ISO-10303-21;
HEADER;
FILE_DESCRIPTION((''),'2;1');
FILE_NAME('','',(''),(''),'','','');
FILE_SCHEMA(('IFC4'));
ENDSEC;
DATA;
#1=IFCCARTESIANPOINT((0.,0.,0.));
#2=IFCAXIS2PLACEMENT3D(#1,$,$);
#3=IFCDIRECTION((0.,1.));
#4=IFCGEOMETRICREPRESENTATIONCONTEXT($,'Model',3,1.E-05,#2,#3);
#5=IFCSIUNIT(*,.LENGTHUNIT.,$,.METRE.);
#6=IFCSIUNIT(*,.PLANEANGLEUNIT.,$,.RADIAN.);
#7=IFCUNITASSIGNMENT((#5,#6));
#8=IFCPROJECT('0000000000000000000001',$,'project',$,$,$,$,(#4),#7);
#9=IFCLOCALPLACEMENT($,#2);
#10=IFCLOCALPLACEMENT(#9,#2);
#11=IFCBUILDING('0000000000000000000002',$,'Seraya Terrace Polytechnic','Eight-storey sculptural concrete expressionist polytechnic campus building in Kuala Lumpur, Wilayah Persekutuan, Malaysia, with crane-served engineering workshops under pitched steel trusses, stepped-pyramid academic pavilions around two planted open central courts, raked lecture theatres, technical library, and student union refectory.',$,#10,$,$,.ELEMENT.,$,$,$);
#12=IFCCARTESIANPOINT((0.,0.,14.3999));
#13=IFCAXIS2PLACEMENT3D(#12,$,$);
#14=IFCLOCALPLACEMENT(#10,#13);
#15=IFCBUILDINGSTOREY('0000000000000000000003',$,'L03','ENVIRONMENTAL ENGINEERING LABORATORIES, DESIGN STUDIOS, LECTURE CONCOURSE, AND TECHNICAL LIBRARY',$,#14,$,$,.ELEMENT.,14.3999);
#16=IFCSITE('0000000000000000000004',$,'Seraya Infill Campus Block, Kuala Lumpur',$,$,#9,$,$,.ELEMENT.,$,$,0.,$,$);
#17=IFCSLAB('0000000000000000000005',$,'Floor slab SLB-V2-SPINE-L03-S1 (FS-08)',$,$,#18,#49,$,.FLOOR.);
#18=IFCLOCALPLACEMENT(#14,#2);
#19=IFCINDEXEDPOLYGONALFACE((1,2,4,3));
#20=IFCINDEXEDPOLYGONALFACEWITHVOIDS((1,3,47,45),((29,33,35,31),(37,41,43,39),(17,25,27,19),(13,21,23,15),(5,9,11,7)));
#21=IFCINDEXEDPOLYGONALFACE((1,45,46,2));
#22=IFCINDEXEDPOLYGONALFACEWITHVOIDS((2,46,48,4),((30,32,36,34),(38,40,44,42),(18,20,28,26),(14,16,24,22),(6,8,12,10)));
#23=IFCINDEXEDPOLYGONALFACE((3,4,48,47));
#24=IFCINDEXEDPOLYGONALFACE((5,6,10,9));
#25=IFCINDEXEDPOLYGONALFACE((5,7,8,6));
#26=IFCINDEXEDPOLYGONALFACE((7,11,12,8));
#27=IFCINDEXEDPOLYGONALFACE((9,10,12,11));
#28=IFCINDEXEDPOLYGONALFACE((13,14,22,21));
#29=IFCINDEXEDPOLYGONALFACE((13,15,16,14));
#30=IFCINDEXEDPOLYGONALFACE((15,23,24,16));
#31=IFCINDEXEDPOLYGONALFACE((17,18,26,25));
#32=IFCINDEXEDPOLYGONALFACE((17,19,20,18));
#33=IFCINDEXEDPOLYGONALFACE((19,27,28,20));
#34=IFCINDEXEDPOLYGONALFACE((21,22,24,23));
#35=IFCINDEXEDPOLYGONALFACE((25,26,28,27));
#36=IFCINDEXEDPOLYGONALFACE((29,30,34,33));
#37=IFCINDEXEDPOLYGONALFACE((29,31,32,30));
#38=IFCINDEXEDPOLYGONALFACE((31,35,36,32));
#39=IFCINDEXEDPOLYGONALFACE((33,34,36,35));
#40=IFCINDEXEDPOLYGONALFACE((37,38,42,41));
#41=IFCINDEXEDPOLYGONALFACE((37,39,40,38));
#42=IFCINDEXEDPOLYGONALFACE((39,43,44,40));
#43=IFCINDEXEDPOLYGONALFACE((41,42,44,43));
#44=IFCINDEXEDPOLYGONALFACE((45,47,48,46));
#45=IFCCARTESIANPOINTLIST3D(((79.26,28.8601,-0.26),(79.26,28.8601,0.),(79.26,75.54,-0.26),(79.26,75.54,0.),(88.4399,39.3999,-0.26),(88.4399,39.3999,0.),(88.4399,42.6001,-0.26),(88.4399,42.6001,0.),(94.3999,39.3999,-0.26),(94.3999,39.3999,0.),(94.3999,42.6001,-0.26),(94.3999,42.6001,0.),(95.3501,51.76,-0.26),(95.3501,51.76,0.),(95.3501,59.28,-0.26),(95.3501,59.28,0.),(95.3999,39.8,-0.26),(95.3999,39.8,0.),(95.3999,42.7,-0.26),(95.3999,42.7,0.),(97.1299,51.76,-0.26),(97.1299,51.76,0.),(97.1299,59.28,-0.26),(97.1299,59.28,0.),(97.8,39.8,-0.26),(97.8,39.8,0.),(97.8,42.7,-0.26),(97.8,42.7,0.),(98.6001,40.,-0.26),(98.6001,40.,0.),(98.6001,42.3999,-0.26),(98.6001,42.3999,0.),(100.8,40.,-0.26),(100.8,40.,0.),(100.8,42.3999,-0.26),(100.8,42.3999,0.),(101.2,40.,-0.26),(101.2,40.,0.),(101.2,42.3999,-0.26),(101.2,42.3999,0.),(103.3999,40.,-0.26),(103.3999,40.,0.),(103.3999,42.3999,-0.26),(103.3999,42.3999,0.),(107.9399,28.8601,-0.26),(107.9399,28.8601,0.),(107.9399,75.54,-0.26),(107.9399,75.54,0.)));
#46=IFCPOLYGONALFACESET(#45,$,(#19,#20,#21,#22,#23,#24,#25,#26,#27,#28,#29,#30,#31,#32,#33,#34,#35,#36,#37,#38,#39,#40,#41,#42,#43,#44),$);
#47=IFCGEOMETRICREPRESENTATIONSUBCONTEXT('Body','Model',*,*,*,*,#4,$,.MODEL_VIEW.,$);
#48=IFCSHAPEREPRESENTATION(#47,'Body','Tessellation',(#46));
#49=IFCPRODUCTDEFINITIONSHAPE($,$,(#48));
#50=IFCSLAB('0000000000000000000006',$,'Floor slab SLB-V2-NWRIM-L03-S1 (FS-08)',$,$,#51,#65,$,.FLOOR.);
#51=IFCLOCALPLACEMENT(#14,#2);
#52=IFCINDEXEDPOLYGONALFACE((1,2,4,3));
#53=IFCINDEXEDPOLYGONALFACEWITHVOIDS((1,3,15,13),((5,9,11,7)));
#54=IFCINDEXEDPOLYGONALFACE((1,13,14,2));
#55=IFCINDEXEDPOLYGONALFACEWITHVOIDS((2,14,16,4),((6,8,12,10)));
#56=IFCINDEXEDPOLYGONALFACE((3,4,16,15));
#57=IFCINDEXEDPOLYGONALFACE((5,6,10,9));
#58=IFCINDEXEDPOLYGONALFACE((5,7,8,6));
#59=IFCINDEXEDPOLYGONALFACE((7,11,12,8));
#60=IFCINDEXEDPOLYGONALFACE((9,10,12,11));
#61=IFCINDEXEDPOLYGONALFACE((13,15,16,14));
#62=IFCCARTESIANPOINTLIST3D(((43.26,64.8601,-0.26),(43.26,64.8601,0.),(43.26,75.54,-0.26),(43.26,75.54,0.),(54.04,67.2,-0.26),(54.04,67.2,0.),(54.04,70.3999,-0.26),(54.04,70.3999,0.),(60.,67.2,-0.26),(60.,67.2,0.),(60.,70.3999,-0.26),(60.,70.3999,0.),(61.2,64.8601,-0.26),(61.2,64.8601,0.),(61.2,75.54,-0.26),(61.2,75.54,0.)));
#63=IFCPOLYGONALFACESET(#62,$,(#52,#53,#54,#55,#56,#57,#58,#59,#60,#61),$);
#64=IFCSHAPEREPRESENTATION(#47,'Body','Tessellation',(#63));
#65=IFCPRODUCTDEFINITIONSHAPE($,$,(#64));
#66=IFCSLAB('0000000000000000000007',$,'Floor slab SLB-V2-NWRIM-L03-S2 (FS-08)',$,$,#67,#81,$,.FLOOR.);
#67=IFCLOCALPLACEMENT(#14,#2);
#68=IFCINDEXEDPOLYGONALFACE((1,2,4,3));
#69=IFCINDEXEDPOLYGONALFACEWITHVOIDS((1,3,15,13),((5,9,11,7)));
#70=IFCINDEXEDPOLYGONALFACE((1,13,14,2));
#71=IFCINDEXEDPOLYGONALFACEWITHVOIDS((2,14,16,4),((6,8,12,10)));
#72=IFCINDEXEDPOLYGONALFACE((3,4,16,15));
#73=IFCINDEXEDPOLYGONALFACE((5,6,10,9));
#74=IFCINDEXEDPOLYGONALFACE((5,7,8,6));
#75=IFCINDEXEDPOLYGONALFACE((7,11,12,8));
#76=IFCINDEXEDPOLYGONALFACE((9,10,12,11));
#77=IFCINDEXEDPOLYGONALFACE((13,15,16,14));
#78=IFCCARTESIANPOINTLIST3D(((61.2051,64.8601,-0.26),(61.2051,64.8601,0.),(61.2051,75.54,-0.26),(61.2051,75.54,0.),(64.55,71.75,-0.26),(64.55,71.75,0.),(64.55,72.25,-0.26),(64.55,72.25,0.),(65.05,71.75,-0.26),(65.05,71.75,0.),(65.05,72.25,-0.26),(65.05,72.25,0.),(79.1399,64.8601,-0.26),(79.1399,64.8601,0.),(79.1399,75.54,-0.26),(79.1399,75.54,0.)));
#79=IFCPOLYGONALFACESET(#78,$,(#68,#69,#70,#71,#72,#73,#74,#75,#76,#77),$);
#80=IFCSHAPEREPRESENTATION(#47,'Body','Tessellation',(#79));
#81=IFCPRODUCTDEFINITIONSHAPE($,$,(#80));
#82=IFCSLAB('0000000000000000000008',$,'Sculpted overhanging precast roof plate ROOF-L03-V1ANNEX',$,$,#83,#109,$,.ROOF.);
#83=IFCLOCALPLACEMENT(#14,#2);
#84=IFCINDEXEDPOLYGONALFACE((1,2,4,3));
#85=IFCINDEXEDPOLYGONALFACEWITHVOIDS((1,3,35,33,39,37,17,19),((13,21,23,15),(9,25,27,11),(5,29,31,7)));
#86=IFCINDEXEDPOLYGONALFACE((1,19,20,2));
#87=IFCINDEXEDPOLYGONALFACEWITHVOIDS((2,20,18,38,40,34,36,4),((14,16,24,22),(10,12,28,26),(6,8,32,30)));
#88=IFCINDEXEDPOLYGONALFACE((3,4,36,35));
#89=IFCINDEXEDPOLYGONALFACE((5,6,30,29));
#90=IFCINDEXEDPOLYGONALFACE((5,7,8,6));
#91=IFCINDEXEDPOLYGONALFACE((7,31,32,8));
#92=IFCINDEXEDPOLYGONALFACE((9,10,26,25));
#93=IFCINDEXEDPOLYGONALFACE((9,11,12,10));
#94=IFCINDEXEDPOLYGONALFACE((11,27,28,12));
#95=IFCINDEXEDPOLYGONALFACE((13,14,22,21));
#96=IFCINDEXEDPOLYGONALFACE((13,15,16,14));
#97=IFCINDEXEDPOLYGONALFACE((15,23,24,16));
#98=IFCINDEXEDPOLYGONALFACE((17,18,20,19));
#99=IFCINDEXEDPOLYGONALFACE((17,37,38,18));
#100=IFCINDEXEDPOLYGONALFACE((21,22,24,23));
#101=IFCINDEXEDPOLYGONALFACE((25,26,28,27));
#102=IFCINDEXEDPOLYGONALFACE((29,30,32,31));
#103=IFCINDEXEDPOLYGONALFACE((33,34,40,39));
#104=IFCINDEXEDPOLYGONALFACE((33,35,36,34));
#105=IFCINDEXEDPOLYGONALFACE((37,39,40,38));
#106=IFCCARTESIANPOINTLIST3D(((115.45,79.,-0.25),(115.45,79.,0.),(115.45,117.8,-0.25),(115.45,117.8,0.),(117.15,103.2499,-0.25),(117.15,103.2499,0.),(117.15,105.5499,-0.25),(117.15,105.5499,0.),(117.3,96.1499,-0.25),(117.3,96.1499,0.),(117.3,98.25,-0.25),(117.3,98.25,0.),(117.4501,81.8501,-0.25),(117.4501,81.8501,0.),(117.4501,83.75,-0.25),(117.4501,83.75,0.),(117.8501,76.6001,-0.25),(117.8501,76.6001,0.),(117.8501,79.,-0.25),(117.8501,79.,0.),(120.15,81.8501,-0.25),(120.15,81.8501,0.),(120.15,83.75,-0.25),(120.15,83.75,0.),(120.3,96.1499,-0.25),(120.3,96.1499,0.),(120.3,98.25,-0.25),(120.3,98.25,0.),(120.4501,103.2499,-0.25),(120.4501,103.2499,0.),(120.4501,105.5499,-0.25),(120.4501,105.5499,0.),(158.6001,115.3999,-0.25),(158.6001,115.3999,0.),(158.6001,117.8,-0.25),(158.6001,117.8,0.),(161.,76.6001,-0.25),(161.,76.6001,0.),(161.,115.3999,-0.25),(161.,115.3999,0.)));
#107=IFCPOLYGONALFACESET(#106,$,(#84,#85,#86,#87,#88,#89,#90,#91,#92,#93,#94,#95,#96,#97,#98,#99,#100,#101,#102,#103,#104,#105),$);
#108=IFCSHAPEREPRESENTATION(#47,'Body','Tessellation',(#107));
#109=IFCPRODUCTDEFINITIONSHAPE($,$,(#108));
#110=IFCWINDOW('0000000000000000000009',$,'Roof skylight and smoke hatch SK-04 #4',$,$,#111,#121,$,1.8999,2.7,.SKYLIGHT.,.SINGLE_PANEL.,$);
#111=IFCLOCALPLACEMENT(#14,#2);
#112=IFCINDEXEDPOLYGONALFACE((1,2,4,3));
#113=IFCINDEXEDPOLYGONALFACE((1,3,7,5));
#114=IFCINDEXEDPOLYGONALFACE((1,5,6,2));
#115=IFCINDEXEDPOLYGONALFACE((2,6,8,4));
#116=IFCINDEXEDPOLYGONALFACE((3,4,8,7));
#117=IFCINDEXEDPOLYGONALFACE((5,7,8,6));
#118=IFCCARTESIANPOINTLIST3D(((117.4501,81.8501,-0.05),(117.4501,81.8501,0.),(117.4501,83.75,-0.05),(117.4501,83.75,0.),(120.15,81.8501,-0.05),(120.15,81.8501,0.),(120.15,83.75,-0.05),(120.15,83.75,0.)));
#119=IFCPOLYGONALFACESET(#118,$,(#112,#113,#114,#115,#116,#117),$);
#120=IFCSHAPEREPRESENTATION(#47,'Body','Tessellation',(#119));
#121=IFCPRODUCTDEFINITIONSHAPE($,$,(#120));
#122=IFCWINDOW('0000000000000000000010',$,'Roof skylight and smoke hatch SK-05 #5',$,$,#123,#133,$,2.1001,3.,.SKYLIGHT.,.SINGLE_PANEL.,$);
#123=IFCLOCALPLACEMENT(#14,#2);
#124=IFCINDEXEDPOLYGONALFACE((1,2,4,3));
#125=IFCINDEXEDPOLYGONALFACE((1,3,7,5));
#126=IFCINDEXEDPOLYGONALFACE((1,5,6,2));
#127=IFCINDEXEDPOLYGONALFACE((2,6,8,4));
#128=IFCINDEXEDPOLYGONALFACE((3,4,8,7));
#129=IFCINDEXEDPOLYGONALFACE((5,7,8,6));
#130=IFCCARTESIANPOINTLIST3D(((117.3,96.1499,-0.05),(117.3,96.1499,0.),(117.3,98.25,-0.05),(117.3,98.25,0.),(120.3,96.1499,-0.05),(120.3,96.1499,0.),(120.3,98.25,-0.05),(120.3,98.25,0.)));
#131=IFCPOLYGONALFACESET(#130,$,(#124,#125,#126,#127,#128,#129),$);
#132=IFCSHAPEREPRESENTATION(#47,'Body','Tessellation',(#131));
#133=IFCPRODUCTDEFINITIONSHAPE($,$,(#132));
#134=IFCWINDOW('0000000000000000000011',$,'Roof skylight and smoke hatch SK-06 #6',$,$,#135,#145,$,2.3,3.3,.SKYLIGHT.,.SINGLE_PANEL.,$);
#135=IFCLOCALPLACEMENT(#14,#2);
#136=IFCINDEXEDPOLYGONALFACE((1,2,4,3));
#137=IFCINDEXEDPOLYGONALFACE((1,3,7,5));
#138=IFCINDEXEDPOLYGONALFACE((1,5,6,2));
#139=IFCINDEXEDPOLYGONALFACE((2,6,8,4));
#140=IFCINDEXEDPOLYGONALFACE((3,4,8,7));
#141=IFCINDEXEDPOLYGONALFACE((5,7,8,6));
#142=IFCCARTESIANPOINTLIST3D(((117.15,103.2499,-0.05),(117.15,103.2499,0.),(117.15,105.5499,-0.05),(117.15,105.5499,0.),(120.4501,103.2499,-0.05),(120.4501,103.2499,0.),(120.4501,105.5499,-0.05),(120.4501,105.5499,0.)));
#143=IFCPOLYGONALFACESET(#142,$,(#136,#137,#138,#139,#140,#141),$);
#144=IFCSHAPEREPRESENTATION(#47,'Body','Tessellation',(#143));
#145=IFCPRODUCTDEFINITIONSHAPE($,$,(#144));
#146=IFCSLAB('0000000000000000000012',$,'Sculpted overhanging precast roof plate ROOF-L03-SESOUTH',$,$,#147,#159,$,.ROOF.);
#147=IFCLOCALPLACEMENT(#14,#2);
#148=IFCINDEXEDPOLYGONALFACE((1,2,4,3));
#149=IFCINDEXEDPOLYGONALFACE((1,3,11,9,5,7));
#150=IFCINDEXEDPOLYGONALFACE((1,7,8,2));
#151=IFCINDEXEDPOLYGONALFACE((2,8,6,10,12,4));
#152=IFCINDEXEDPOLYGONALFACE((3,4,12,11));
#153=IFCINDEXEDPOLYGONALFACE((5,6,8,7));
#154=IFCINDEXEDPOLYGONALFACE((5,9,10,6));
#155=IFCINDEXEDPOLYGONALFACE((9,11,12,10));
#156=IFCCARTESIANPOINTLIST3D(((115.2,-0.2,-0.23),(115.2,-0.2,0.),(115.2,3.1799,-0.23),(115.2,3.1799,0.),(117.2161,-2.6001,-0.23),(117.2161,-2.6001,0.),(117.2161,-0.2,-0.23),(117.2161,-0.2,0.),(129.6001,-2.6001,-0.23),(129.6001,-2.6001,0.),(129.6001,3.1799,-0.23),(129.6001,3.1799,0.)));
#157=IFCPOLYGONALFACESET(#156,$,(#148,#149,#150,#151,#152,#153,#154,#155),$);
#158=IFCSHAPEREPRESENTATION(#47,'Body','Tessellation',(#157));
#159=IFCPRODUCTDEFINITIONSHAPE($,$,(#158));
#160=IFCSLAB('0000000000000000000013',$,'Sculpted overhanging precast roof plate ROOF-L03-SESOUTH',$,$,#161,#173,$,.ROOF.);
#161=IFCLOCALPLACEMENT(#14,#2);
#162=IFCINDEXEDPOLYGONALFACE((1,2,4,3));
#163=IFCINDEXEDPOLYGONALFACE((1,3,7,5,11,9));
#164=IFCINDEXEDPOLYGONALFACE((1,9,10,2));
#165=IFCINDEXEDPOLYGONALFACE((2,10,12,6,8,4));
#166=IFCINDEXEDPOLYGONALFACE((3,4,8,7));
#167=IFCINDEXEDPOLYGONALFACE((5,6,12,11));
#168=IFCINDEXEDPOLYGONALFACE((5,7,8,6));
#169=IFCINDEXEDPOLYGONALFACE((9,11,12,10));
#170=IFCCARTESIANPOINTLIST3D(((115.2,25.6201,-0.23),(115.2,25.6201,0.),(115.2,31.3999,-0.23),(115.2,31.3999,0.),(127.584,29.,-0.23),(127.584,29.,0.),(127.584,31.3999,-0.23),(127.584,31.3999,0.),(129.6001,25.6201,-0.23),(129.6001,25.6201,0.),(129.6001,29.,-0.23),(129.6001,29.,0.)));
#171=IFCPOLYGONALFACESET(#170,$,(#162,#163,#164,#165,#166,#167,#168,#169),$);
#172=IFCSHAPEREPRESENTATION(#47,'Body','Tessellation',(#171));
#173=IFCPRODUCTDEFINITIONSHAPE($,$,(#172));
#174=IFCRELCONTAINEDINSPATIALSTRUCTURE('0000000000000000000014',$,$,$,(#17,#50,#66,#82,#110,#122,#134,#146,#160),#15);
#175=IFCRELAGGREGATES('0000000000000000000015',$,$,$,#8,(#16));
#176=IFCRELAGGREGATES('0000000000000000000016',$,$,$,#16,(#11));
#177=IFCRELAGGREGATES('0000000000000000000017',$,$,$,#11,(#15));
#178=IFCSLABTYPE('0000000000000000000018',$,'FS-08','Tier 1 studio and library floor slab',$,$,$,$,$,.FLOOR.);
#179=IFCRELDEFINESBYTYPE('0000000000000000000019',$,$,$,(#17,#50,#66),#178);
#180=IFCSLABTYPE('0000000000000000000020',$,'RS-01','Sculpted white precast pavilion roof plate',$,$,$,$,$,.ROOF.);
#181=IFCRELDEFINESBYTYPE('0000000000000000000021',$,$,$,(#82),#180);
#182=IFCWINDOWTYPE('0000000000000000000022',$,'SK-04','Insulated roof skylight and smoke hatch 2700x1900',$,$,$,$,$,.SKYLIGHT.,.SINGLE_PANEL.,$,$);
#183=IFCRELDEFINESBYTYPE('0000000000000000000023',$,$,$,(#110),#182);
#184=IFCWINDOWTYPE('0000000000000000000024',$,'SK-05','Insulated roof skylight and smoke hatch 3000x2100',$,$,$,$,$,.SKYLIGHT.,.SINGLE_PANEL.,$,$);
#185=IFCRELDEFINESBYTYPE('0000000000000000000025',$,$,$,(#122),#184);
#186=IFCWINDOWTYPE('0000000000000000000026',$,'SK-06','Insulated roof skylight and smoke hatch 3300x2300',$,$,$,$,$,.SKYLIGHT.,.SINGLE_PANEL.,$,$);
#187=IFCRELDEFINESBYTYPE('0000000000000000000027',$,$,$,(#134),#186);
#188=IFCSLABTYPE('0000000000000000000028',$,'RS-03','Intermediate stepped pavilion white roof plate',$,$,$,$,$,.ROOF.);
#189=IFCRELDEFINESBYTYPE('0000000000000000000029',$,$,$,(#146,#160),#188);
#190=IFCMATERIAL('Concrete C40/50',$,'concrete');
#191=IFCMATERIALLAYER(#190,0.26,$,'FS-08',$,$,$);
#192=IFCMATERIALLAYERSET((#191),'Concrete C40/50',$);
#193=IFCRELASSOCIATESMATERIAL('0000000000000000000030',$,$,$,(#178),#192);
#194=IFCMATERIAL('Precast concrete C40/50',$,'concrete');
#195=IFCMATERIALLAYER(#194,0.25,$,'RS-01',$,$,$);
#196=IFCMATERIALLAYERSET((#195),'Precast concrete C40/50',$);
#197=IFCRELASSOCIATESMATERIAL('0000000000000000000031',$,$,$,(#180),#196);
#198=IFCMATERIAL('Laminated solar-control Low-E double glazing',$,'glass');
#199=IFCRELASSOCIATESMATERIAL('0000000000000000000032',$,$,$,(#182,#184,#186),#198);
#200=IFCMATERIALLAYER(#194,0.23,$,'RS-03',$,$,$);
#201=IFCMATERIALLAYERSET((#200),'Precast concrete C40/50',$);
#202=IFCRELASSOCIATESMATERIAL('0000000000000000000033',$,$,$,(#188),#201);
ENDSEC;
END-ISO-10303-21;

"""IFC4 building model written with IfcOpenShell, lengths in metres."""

from ifc_helpers import new_model, si_unit, direction, frame, origin, origin_2d, place, context, subcontext, project, spatial, polyline, rectangle, outline, extrude, material, layer, layer_set, type_object, element, fill, save


model = new_model("IFC4")

# Units and contexts
model_context = context("Model", 3, precision=1e-05, world=origin(), true_north=direction((0.0, 1.0)))
body_context = subcontext(model_context, "Body", "Model", "MODEL_VIEW")
ifc_project = project(units=[si_unit("LENGTHUNIT", "METRE"), si_unit("PLANEANGLEUNIT", "RADIAN")], contexts=[model_context])

# Site, building, storey
site_placement = place(None, origin())
site = spatial("IfcSite", under=ifc_project, at=site_placement, Name="Seraya Infill Campus Block, Kuala Lumpur", CompositionType="ELEMENT", RefElevation=0.0)
building_placement = place(site_placement, origin())
building = spatial("IfcBuilding", under=site, at=building_placement, Name="Seraya Terrace Polytechnic", Description="Eight-storey sculptural concrete expressionist polytechnic campus building in Kuala Lumpur, Wilayah Persekutuan, Malaysia, with crane-served engineering workshops under pitched steel trusses, stepped-pyramid academic pavilions around two planted open central courts, raked lecture theatres, technical library, and student union refectory.", CompositionType="ELEMENT")
storey_placement = place(building_placement, frame((0.0, 0.0, 14.3999)))
storey = spatial("IfcBuildingStorey", under=building, at=storey_placement, Name="L03", Description="ENVIRONMENTAL ENGINEERING LABORATORIES, DESIGN STUDIOS, LECTURE CONCOURSE, AND TECHNICAL LIBRARY", CompositionType="ELEMENT", Elevation=14.3999)

# Shared definitions
ifc_material_1 = material(Name="Concrete C40/50", Category="concrete")

# Slabs
ifc_layer_1 = layer(ifc_material_1, 0.26, Name="FS-08")
ifc_layer_set_1 = layer_set([ifc_layer_1], Name="Concrete C40/50")
slab_type_1 = type_object("IfcSlabType", Name="FS-08", Description="Tier 1 studio and library floor slab", PredefinedType="FLOOR", material=ifc_layer_set_1)
slab_1_placement = place(storey_placement, frame((0.0, 0.0, -0.26)))
element("IfcSlab", 1, at=slab_1_placement, inside=storey, type_object=slab_type_1, Name="Floor slab SLB-V2-SPINE-L03-S1 (FS-08)", PredefinedType="FLOOR", context=body_context, shape_type="SweptSolid", body=[
    extrude(outline(polyline([(79.26, 75.54), (107.9399, 75.54), (107.9399, 28.8601), (79.26, 28.8601), (79.26, 75.54)]), holes=[polyline([(88.4399, 42.6001), (88.4399, 39.3999), (94.3999, 39.3999), (94.3999, 42.6001), (88.4399, 42.6001)]), polyline([(98.6001, 42.3999), (98.6001, 40.0), (100.8, 40.0), (100.8, 42.3999), (98.6001, 42.3999)]), polyline([(101.2, 42.3999), (101.2, 40.0), (103.3999, 40.0), (103.3999, 42.3999), (101.2, 42.3999)]), polyline([(97.8, 42.7), (95.3999, 42.7), (95.3999, 39.8), (97.8, 39.8), (97.8, 42.7)]), polyline([(97.1299, 59.28), (95.3501, 59.28), (95.3501, 51.76), (97.1299, 51.76), (97.1299, 59.28)])]), origin(), (0.0, 0.0, 1.0), 0.26),
])
slab_2_placement = place(storey_placement, frame((0.0, 0.0, -0.26)))
element("IfcSlab", 2, at=slab_2_placement, inside=storey, type_object=slab_type_1, Name="Floor slab SLB-V2-NWRIM-L03-S1 (FS-08)", PredefinedType="FLOOR", context=body_context, shape_type="SweptSolid", body=[
    extrude(outline(polyline([(43.26, 75.54), (61.2, 75.54), (61.2, 64.8601), (43.26, 64.8601), (43.26, 75.54)]), holes=[polyline([(60.0, 70.3999), (54.04, 70.3999), (54.04, 67.2), (60.0, 67.2), (60.0, 70.3999)])]), origin(), (0.0, 0.0, 1.0), 0.26),
])
slab_3_placement = place(storey_placement, frame((0.0, 0.0, -0.26)))
element("IfcSlab", 3, at=slab_3_placement, inside=storey, type_object=slab_type_1, Name="Floor slab SLB-V2-NWRIM-L03-S2 (FS-08)", PredefinedType="FLOOR", context=body_context, shape_type="SweptSolid", body=[
    extrude(outline(polyline([(79.1399, 75.54), (79.1399, 64.8601), (61.2051, 64.8601), (61.2051, 75.54), (79.1399, 75.54)]), holes=[polyline([(64.55, 72.25), (64.55, 71.75), (65.05, 71.75), (65.05, 72.25), (64.55, 72.25)])]), origin(), (0.0, 0.0, 1.0), 0.26),
])

# Slab, openings, windows
ifc_material_2 = material(Name="Precast concrete C40/50", Category="concrete")
ifc_layer_2 = layer(ifc_material_2, 0.25, Name="RS-01")
ifc_layer_set_2 = layer_set([ifc_layer_2], Name="Precast concrete C40/50")
slab_type_2 = type_object("IfcSlabType", Name="RS-01", Description="Sculpted white precast pavilion roof plate", PredefinedType="ROOF", material=ifc_layer_set_2)
slab_4_placement = place(storey_placement, frame((0.0, 0.0, -0.25)))
slab_4 = element("IfcSlab", 4, at=slab_4_placement, inside=storey, type_object=slab_type_2, Name="Sculpted overhanging precast roof plate ROOF-L03-V1ANNEX", PredefinedType="ROOF", context=body_context, shape_type="SweptSolid", body=[
    extrude(outline(polyline([(117.8501, 79.0), (115.45, 79.0), (115.45, 117.8), (158.6001, 117.8), (158.6001, 115.3999), (161.0, 115.3999), (161.0, 76.6001), (117.8501, 76.6001), (117.8501, 79.0)])), origin(), (0.0, 0.0, 1.0), 0.25),
])
opening_1_placement = place(slab_4_placement, frame((118.8, 82.8, -0.012)))
opening_1 = element("IfcOpeningElement", 5, at=opening_1_placement, cuts=slab_4, PredefinedType="OPENING", context=body_context, shape_type="SweptSolid", body=[
    extrude(rectangle(XDim=2.7, YDim=1.8999, at=origin_2d()), origin(), (0.0, 0.0, 1.0), 0.2739),
])
opening_2_placement = place(slab_4_placement, frame((118.8, 97.2, -0.012)))
opening_2 = element("IfcOpeningElement", 6, at=opening_2_placement, cuts=slab_4, PredefinedType="OPENING", context=body_context, shape_type="SweptSolid", body=[
    extrude(rectangle(XDim=3.0, YDim=2.1001, at=origin_2d()), origin(), (0.0, 0.0, 1.0), 0.2739),
])
opening_3_placement = place(slab_4_placement, frame((118.8, 104.3999, -0.012)))
opening_3 = element("IfcOpeningElement", 7, at=opening_3_placement, cuts=slab_4, PredefinedType="OPENING", context=body_context, shape_type="SweptSolid", body=[
    extrude(rectangle(XDim=3.3, YDim=2.3, at=origin_2d()), origin(), (0.0, 0.0, 1.0), 0.2739),
])
ifc_material_3 = material(Name="Laminated solar-control Low-E double glazing", Category="glass")
window_type_1 = type_object("IfcWindowType", Name="SK-04", Description="Insulated roof skylight and smoke hatch 2700x1900", PartitioningType="SINGLE_PANEL", PredefinedType="SKYLIGHT", material=ifc_material_3)
window_1_placement = place(slab_4_placement, frame((118.8, 82.8, 0.2)))
window_1 = element("IfcWindow", 8, at=window_1_placement, inside=storey, type_object=window_type_1, Name="Roof skylight and smoke hatch SK-04 #4", OverallHeight=1.8999, OverallWidth=2.7, PartitioningType="SINGLE_PANEL", PredefinedType="SKYLIGHT", context=body_context, shape_type="SweptSolid", body=[
    extrude(rectangle(XDim=2.7, YDim=1.8999, at=origin_2d()), origin(), (0.0, 0.0, 1.0), 0.05),
])
fill(opening_1, window_1)
window_type_2 = type_object("IfcWindowType", Name="SK-05", Description="Insulated roof skylight and smoke hatch 3000x2100", PartitioningType="SINGLE_PANEL", PredefinedType="SKYLIGHT", material=ifc_material_3)
window_2_placement = place(slab_4_placement, frame((118.8, 97.2, 0.2)))
window_2 = element("IfcWindow", 9, at=window_2_placement, inside=storey, type_object=window_type_2, Name="Roof skylight and smoke hatch SK-05 #5", OverallHeight=2.1001, OverallWidth=3.0, PartitioningType="SINGLE_PANEL", PredefinedType="SKYLIGHT", context=body_context, shape_type="SweptSolid", body=[
    extrude(rectangle(XDim=3.0, YDim=2.1001, at=origin_2d()), origin(), (0.0, 0.0, 1.0), 0.05),
])
fill(opening_2, window_2)
window_type_3 = type_object("IfcWindowType", Name="SK-06", Description="Insulated roof skylight and smoke hatch 3300x2300", PartitioningType="SINGLE_PANEL", PredefinedType="SKYLIGHT", material=ifc_material_3)
window_3_placement = place(slab_4_placement, frame((118.8, 104.3999, 0.2)))
window_3 = element("IfcWindow", 10, at=window_3_placement, inside=storey, type_object=window_type_3, Name="Roof skylight and smoke hatch SK-06 #6", OverallHeight=2.3, OverallWidth=3.3, PartitioningType="SINGLE_PANEL", PredefinedType="SKYLIGHT", context=body_context, shape_type="SweptSolid", body=[
    extrude(rectangle(XDim=3.3, YDim=2.3, at=origin_2d()), origin(), (0.0, 0.0, 1.0), 0.05),
])
fill(opening_3, window_3)

# Slabs
ifc_layer_3 = layer(ifc_material_2, 0.23, Name="RS-03")
ifc_layer_set_3 = layer_set([ifc_layer_3], Name="Precast concrete C40/50")
slab_type_3 = type_object("IfcSlabType", Name="RS-03", Description="Intermediate stepped pavilion white roof plate", PredefinedType="ROOF", material=ifc_layer_set_3)
slab_5_placement = place(storey_placement, frame((0.0, 0.0, -0.23)))
element("IfcSlab", 11, at=slab_5_placement, inside=storey, type_object=slab_type_3, Name="Sculpted overhanging precast roof plate ROOF-L03-SESOUTH", PredefinedType="ROOF", context=body_context, shape_type="SweptSolid", body=[
    extrude(outline(polyline([(129.6001, -2.6001), (117.2161, -2.6001), (117.2161, -0.2), (115.2, -0.2), (115.2, 3.1799), (129.6001, 3.1799), (129.6001, -2.6001)])), origin(), (0.0, 0.0, 1.0), 0.23),
])
slab_6_placement = place(storey_placement, frame((0.0, 0.0, -0.23)))
element("IfcSlab", 12, at=slab_6_placement, inside=storey, type_object=slab_type_3, Name="Sculpted overhanging precast roof plate ROOF-L03-SESOUTH", PredefinedType="ROOF", context=body_context, shape_type="SweptSolid", body=[
    extrude(outline(polyline([(115.2, 31.3999), (127.584, 31.3999), (127.584, 29.0), (129.6001, 29.0), (129.6001, 25.6201), (115.2, 25.6201), (115.2, 31.3999)])), origin(), (0.0, 0.0, 1.0), 0.23),
])

save(model, "model.ifc")
